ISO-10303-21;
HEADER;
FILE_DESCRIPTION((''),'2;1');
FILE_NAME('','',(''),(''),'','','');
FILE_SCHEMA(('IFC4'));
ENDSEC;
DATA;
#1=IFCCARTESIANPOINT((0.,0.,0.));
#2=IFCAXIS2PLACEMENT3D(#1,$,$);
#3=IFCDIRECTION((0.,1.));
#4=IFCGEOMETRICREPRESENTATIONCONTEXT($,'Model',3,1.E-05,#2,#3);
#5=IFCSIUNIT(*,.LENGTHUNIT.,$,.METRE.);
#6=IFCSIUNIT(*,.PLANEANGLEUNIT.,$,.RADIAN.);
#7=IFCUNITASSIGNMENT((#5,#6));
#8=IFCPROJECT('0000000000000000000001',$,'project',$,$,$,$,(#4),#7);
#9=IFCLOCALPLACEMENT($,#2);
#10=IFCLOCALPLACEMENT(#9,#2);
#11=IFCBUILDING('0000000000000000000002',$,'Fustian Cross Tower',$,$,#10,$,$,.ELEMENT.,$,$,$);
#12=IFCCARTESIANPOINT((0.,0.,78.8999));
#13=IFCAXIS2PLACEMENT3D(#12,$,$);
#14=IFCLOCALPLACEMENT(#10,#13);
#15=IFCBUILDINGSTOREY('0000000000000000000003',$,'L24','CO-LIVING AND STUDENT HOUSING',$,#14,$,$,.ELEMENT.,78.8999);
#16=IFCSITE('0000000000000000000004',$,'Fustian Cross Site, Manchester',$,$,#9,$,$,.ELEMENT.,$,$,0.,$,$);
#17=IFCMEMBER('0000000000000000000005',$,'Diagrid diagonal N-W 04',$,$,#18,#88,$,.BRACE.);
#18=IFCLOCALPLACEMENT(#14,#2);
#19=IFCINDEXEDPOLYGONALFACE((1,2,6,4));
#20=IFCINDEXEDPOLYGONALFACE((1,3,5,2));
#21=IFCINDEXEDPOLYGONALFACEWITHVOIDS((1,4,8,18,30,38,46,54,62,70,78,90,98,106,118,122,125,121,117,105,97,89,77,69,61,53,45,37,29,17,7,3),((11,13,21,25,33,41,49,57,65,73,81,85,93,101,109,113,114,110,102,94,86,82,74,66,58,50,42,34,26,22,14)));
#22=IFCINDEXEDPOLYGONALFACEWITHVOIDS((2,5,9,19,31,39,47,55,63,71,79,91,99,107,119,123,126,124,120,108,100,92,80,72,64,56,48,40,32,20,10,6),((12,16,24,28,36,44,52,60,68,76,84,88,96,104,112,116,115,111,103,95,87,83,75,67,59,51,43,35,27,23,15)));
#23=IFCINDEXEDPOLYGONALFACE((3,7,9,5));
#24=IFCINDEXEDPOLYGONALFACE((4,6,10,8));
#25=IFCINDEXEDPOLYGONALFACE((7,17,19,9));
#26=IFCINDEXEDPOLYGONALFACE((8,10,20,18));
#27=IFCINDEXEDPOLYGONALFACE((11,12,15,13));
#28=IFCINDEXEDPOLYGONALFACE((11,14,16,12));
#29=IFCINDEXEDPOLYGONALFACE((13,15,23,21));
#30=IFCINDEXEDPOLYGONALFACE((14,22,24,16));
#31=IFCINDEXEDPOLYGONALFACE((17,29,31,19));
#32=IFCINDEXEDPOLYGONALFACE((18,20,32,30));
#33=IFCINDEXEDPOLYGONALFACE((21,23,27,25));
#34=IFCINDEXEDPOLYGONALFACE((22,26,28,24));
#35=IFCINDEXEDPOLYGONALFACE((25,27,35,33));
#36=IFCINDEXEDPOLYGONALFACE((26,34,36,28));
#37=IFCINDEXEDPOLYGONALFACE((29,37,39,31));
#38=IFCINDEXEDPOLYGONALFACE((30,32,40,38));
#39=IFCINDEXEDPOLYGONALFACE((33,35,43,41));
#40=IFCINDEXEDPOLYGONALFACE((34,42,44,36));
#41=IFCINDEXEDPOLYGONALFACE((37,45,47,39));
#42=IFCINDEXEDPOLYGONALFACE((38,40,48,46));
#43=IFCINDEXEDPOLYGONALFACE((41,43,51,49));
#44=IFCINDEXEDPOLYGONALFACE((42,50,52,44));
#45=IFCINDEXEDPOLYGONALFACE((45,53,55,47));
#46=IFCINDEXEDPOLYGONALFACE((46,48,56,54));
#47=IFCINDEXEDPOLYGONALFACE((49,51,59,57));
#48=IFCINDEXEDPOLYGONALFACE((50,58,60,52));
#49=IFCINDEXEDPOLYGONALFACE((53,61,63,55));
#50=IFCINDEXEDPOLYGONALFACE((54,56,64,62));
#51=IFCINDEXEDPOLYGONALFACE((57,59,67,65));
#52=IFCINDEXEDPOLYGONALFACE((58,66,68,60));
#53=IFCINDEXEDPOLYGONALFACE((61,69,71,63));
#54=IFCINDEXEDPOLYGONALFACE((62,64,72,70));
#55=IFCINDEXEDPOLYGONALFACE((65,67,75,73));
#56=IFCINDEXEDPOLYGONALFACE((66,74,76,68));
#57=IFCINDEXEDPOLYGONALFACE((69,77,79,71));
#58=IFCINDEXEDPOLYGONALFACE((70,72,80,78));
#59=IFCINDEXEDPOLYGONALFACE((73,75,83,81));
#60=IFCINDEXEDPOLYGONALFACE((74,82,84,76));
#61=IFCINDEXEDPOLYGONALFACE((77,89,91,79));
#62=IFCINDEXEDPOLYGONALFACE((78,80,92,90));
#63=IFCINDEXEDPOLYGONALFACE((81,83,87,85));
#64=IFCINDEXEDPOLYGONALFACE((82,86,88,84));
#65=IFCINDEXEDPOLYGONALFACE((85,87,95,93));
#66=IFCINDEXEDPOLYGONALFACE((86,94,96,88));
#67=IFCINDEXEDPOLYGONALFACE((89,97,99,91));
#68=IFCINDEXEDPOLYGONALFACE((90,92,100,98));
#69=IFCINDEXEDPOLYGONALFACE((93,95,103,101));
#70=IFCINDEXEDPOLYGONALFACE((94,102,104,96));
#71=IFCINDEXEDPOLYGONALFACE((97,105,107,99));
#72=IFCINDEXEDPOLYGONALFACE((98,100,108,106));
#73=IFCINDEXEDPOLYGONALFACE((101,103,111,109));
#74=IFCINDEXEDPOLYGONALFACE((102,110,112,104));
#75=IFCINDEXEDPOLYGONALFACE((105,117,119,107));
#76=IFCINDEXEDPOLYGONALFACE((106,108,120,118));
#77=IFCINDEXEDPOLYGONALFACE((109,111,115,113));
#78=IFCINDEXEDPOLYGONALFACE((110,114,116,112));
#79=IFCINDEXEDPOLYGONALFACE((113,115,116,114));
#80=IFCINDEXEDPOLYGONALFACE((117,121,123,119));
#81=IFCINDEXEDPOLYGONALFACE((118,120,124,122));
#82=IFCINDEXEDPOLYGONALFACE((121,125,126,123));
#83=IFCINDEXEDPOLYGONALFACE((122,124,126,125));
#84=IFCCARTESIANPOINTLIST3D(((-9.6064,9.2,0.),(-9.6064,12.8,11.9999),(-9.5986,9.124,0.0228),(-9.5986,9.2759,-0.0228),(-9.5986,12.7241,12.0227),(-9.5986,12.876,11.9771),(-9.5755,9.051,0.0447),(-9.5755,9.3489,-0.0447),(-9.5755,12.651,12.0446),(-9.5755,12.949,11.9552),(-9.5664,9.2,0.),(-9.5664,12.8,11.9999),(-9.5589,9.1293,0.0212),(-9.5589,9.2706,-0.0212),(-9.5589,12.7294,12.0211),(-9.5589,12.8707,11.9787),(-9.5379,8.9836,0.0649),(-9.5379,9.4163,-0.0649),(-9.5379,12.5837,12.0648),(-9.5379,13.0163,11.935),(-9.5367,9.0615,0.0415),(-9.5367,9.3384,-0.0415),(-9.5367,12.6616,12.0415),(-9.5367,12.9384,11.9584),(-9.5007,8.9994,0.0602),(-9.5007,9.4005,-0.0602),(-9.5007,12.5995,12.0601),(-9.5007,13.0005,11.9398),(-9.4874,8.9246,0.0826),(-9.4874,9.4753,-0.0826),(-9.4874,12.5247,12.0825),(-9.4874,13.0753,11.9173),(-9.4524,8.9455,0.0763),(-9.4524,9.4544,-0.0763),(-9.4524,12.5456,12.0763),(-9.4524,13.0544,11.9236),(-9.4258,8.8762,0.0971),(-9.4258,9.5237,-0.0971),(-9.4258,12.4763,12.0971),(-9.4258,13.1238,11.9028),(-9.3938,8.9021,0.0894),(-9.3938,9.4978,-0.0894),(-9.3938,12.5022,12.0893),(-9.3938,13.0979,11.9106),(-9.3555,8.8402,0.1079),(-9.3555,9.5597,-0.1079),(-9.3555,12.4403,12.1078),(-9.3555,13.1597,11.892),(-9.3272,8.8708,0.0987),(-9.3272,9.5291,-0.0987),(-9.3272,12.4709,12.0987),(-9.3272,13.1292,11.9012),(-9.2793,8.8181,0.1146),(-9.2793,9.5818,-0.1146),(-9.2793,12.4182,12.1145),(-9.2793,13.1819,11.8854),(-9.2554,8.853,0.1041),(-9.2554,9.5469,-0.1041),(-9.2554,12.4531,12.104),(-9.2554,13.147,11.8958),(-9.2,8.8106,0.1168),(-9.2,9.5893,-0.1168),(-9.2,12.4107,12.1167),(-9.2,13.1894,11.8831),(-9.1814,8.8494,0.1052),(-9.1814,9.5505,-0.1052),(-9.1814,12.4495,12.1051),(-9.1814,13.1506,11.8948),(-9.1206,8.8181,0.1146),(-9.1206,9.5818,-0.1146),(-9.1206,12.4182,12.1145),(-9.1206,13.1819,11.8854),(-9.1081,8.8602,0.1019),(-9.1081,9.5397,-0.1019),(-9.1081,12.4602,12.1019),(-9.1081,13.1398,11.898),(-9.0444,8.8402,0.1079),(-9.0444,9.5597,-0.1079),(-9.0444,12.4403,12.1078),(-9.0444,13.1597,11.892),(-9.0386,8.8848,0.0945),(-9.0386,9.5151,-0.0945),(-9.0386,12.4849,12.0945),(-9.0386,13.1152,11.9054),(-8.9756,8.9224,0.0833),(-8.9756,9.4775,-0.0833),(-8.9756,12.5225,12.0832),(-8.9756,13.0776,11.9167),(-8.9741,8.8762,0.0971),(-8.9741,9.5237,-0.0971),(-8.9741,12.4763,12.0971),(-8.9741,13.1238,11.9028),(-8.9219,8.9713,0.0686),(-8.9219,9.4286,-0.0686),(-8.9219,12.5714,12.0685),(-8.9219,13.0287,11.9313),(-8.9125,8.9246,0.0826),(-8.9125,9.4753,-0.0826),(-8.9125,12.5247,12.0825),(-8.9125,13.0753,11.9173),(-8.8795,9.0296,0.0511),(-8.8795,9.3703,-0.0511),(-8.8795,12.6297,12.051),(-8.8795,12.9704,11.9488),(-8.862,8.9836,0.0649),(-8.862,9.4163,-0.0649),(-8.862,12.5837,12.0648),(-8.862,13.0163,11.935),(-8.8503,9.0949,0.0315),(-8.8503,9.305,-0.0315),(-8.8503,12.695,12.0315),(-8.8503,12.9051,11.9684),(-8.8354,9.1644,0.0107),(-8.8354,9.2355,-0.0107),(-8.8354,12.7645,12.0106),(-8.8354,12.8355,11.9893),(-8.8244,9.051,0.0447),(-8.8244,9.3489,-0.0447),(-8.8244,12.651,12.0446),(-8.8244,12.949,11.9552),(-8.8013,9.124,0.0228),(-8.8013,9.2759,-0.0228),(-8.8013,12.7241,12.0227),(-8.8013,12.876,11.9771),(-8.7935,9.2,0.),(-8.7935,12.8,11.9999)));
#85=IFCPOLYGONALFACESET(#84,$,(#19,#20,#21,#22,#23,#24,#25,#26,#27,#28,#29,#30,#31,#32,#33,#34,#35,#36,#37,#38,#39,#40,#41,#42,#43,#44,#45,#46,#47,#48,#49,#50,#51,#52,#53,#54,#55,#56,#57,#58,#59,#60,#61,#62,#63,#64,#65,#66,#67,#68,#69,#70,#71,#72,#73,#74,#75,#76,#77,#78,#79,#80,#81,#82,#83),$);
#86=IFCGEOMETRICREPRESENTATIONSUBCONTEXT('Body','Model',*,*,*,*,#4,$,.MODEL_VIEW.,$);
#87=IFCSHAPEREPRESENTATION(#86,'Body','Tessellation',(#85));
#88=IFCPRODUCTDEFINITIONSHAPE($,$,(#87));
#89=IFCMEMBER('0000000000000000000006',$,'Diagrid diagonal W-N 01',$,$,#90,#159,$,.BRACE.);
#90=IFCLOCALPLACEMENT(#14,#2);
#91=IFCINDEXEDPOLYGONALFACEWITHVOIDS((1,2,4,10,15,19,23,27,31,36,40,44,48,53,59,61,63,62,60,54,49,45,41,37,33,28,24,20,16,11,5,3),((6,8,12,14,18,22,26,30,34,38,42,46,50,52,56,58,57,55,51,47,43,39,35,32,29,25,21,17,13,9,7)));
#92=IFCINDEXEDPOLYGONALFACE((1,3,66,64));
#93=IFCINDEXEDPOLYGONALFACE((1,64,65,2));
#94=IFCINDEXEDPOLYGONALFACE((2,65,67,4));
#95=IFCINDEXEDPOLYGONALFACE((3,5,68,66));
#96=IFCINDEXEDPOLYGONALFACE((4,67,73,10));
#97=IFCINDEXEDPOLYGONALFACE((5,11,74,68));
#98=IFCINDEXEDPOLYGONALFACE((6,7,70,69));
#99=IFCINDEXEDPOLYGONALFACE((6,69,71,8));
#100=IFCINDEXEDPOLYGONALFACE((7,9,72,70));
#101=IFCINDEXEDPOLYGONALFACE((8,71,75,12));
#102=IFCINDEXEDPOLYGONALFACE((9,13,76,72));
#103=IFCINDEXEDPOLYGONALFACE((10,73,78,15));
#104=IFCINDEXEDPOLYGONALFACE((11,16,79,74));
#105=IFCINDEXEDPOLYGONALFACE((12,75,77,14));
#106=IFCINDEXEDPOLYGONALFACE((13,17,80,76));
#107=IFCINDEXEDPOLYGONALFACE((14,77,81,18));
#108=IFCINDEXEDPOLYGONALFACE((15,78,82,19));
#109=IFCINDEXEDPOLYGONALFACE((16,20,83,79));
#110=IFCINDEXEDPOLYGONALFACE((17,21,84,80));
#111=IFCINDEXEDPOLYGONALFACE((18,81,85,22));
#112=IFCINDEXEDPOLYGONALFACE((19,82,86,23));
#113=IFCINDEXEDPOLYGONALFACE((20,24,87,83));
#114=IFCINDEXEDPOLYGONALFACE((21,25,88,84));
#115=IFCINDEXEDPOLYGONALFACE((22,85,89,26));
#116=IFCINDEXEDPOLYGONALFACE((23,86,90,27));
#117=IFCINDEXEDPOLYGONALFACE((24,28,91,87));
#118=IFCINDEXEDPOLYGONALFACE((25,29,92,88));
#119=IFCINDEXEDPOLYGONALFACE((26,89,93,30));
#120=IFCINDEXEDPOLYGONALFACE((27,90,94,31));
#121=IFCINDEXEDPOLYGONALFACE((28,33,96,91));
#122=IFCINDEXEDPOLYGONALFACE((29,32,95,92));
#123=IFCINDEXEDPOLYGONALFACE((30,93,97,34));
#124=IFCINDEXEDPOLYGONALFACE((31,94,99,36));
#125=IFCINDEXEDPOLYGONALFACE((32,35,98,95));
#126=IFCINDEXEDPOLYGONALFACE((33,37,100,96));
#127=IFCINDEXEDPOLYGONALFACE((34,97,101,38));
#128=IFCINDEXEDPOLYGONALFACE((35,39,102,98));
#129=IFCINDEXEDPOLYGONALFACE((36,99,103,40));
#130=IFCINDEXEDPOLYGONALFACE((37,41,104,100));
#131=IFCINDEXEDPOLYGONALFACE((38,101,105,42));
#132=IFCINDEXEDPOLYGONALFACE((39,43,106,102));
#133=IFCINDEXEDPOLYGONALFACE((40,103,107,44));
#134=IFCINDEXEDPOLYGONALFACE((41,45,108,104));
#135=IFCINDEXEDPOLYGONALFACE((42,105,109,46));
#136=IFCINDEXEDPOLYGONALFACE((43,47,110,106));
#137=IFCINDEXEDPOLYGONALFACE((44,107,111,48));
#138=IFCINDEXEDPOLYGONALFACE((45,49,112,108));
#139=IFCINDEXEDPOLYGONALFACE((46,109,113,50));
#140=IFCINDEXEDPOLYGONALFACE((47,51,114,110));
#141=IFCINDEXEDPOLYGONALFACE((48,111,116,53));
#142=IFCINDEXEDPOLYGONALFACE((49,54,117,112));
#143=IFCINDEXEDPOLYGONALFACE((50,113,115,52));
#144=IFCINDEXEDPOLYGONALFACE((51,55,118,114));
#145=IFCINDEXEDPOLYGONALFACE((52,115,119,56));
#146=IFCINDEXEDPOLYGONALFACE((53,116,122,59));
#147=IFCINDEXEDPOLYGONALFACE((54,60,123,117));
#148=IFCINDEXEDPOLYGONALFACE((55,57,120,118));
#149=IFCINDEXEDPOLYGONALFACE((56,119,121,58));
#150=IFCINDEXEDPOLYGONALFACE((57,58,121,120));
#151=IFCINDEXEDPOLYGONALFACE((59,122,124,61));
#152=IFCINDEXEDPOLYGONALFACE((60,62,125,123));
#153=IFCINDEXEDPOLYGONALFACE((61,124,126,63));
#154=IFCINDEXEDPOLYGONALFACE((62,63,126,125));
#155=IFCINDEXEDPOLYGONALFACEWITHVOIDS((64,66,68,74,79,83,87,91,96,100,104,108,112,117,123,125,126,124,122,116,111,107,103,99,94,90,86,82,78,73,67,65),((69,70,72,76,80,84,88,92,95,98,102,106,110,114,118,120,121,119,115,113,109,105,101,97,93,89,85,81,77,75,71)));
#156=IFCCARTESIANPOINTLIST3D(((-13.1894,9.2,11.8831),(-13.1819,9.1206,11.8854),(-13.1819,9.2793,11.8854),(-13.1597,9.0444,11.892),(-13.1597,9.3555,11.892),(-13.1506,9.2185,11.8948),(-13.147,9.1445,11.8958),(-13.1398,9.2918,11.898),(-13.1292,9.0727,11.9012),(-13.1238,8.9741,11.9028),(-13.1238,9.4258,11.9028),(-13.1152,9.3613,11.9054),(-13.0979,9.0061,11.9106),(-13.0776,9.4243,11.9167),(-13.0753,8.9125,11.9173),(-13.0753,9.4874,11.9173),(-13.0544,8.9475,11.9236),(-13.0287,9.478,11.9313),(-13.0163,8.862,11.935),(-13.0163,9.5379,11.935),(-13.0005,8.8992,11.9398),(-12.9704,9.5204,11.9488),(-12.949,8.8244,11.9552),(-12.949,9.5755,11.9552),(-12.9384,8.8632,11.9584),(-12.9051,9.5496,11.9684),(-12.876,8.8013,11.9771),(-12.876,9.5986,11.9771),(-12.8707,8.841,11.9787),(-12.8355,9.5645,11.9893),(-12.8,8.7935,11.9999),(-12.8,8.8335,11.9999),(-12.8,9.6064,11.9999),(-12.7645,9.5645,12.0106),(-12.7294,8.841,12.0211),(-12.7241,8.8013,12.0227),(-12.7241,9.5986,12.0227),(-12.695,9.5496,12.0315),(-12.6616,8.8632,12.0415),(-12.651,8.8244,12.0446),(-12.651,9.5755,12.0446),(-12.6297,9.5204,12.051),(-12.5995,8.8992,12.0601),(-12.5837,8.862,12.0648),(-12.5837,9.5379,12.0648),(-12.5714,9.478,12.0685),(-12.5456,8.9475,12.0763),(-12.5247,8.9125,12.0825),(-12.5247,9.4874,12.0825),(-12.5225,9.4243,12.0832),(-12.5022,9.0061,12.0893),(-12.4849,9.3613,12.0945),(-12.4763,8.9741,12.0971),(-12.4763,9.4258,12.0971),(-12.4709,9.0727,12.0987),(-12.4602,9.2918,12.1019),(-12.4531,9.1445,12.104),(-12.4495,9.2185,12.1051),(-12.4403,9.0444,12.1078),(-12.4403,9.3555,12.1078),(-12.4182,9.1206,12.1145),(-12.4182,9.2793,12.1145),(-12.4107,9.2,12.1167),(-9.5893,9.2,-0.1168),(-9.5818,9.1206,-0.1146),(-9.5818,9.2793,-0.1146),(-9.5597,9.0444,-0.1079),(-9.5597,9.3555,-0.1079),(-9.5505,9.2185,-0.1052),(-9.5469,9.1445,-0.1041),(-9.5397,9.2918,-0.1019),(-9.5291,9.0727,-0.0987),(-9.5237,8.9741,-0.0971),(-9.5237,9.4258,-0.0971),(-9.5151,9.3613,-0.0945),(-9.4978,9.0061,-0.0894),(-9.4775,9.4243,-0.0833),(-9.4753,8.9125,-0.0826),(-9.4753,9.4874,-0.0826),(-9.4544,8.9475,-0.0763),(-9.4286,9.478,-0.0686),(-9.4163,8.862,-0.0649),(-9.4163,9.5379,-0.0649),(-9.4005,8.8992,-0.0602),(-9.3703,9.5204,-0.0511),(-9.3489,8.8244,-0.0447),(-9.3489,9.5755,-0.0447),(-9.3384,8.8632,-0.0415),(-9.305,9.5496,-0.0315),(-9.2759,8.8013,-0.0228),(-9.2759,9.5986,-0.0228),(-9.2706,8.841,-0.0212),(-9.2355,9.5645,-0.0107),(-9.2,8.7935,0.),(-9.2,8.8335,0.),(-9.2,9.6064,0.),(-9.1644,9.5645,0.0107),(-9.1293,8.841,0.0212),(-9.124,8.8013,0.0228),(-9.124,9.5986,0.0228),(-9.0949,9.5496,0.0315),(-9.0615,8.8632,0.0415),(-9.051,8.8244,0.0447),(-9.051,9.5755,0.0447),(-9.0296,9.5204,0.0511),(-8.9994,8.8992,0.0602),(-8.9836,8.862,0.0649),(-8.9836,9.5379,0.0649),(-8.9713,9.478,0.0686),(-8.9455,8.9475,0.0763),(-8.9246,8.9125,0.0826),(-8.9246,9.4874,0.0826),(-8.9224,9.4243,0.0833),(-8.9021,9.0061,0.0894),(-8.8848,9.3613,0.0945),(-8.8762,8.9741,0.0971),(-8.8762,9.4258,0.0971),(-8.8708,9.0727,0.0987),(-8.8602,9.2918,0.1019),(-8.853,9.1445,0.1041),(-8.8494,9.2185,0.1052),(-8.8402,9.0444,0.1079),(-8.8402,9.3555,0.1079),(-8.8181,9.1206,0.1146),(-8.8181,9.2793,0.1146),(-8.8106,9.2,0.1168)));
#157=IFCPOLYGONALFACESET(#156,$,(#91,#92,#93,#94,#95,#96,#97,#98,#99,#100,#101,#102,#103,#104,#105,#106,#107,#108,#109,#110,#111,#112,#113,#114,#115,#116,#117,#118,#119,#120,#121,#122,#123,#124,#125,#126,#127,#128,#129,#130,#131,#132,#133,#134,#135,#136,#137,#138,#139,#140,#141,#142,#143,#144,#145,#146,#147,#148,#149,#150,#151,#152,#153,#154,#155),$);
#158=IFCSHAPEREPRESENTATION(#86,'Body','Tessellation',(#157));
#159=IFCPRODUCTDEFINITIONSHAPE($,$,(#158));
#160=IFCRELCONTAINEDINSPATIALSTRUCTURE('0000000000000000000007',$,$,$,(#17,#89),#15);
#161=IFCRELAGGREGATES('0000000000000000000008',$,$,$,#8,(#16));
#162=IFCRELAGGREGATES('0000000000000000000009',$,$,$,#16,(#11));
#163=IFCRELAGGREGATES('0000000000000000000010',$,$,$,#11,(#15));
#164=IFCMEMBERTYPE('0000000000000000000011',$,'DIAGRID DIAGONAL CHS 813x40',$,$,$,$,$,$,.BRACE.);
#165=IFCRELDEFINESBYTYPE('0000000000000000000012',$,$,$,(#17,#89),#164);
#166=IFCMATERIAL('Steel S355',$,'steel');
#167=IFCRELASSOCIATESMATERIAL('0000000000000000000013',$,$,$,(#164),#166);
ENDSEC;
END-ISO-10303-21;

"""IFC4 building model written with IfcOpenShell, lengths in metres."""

from ifc_helpers import new_model, si_unit, direction, frame, origin, origin_2d, place, context, subcontext, project, spatial, hollow_circle, extrude, material, material_profile, profile_set, type_object, element, save


model = new_model("IFC4")

# Units and contexts
model_context = context("Model", 3, precision=1e-05, world=origin(), true_north=direction((0.0, 1.0)))
body_context = subcontext(model_context, "Body", "Model", "MODEL_VIEW")
ifc_project = project(units=[si_unit("LENGTHUNIT", "METRE"), si_unit("PLANEANGLEUNIT", "RADIAN")], contexts=[model_context])

# Site, building, storey
site_placement = place(None, origin())
site = spatial("IfcSite", under=ifc_project, at=site_placement, Name="Fustian Cross Site, Manchester", CompositionType="ELEMENT", RefElevation=0.0)
building_placement = place(site_placement, origin())
building = spatial("IfcBuilding", under=site, at=building_placement, Name="Fustian Cross Tower", CompositionType="ELEMENT")
storey_placement = place(building_placement, frame((0.0, 0.0, 78.8999)))
storey = spatial("IfcBuildingStorey", under=building, at=storey_placement, Name="L24", Description="CO-LIVING AND STUDENT HOUSING", CompositionType="ELEMENT", Elevation=78.8999)

# Members
ifc_material_1 = material(Name="Steel S355", Category="steel")
ifc_material_profile = material_profile(ifc_material_1, hollow_circle(Radius=0.4065, WallThickness=0.04, at=origin_2d()), Name="CHS 813x40")
ifc_profile_set = profile_set([ifc_material_profile], Name="Steel S355")
member_type = type_object("IfcMemberType", Name="DIAGRID DIAGONAL CHS 813x40", PredefinedType="BRACE", material=ifc_profile_set)
for number, where, z_axis, x_axis, name in (
    (1, (-9.2, 9.2, 0.0), (0.0, 0.287355, 0.957824), (-1.0, 0.0, 0.0), "Diagrid diagonal N-W 04"),
    (2, (-9.2, 9.2, 0.0), (-0.287355, 0.0, 0.957824), (0.0, -1.0, 0.0), "Diagrid diagonal W-N 01"),
):
    element("IfcMember", number, at=place(storey_placement, frame(where, z_axis=z_axis, x_axis=x_axis)), inside=storey, type_object=member_type, Name=name, PredefinedType="BRACE", context=body_context, shape_type="SweptSolid", body=[
        extrude(hollow_circle(Radius=0.4065, WallThickness=0.04, at=origin_2d()), origin(), (0.0, 0.0, 1.0), 12.5283),
    ])

save(model, "model.ifc")
